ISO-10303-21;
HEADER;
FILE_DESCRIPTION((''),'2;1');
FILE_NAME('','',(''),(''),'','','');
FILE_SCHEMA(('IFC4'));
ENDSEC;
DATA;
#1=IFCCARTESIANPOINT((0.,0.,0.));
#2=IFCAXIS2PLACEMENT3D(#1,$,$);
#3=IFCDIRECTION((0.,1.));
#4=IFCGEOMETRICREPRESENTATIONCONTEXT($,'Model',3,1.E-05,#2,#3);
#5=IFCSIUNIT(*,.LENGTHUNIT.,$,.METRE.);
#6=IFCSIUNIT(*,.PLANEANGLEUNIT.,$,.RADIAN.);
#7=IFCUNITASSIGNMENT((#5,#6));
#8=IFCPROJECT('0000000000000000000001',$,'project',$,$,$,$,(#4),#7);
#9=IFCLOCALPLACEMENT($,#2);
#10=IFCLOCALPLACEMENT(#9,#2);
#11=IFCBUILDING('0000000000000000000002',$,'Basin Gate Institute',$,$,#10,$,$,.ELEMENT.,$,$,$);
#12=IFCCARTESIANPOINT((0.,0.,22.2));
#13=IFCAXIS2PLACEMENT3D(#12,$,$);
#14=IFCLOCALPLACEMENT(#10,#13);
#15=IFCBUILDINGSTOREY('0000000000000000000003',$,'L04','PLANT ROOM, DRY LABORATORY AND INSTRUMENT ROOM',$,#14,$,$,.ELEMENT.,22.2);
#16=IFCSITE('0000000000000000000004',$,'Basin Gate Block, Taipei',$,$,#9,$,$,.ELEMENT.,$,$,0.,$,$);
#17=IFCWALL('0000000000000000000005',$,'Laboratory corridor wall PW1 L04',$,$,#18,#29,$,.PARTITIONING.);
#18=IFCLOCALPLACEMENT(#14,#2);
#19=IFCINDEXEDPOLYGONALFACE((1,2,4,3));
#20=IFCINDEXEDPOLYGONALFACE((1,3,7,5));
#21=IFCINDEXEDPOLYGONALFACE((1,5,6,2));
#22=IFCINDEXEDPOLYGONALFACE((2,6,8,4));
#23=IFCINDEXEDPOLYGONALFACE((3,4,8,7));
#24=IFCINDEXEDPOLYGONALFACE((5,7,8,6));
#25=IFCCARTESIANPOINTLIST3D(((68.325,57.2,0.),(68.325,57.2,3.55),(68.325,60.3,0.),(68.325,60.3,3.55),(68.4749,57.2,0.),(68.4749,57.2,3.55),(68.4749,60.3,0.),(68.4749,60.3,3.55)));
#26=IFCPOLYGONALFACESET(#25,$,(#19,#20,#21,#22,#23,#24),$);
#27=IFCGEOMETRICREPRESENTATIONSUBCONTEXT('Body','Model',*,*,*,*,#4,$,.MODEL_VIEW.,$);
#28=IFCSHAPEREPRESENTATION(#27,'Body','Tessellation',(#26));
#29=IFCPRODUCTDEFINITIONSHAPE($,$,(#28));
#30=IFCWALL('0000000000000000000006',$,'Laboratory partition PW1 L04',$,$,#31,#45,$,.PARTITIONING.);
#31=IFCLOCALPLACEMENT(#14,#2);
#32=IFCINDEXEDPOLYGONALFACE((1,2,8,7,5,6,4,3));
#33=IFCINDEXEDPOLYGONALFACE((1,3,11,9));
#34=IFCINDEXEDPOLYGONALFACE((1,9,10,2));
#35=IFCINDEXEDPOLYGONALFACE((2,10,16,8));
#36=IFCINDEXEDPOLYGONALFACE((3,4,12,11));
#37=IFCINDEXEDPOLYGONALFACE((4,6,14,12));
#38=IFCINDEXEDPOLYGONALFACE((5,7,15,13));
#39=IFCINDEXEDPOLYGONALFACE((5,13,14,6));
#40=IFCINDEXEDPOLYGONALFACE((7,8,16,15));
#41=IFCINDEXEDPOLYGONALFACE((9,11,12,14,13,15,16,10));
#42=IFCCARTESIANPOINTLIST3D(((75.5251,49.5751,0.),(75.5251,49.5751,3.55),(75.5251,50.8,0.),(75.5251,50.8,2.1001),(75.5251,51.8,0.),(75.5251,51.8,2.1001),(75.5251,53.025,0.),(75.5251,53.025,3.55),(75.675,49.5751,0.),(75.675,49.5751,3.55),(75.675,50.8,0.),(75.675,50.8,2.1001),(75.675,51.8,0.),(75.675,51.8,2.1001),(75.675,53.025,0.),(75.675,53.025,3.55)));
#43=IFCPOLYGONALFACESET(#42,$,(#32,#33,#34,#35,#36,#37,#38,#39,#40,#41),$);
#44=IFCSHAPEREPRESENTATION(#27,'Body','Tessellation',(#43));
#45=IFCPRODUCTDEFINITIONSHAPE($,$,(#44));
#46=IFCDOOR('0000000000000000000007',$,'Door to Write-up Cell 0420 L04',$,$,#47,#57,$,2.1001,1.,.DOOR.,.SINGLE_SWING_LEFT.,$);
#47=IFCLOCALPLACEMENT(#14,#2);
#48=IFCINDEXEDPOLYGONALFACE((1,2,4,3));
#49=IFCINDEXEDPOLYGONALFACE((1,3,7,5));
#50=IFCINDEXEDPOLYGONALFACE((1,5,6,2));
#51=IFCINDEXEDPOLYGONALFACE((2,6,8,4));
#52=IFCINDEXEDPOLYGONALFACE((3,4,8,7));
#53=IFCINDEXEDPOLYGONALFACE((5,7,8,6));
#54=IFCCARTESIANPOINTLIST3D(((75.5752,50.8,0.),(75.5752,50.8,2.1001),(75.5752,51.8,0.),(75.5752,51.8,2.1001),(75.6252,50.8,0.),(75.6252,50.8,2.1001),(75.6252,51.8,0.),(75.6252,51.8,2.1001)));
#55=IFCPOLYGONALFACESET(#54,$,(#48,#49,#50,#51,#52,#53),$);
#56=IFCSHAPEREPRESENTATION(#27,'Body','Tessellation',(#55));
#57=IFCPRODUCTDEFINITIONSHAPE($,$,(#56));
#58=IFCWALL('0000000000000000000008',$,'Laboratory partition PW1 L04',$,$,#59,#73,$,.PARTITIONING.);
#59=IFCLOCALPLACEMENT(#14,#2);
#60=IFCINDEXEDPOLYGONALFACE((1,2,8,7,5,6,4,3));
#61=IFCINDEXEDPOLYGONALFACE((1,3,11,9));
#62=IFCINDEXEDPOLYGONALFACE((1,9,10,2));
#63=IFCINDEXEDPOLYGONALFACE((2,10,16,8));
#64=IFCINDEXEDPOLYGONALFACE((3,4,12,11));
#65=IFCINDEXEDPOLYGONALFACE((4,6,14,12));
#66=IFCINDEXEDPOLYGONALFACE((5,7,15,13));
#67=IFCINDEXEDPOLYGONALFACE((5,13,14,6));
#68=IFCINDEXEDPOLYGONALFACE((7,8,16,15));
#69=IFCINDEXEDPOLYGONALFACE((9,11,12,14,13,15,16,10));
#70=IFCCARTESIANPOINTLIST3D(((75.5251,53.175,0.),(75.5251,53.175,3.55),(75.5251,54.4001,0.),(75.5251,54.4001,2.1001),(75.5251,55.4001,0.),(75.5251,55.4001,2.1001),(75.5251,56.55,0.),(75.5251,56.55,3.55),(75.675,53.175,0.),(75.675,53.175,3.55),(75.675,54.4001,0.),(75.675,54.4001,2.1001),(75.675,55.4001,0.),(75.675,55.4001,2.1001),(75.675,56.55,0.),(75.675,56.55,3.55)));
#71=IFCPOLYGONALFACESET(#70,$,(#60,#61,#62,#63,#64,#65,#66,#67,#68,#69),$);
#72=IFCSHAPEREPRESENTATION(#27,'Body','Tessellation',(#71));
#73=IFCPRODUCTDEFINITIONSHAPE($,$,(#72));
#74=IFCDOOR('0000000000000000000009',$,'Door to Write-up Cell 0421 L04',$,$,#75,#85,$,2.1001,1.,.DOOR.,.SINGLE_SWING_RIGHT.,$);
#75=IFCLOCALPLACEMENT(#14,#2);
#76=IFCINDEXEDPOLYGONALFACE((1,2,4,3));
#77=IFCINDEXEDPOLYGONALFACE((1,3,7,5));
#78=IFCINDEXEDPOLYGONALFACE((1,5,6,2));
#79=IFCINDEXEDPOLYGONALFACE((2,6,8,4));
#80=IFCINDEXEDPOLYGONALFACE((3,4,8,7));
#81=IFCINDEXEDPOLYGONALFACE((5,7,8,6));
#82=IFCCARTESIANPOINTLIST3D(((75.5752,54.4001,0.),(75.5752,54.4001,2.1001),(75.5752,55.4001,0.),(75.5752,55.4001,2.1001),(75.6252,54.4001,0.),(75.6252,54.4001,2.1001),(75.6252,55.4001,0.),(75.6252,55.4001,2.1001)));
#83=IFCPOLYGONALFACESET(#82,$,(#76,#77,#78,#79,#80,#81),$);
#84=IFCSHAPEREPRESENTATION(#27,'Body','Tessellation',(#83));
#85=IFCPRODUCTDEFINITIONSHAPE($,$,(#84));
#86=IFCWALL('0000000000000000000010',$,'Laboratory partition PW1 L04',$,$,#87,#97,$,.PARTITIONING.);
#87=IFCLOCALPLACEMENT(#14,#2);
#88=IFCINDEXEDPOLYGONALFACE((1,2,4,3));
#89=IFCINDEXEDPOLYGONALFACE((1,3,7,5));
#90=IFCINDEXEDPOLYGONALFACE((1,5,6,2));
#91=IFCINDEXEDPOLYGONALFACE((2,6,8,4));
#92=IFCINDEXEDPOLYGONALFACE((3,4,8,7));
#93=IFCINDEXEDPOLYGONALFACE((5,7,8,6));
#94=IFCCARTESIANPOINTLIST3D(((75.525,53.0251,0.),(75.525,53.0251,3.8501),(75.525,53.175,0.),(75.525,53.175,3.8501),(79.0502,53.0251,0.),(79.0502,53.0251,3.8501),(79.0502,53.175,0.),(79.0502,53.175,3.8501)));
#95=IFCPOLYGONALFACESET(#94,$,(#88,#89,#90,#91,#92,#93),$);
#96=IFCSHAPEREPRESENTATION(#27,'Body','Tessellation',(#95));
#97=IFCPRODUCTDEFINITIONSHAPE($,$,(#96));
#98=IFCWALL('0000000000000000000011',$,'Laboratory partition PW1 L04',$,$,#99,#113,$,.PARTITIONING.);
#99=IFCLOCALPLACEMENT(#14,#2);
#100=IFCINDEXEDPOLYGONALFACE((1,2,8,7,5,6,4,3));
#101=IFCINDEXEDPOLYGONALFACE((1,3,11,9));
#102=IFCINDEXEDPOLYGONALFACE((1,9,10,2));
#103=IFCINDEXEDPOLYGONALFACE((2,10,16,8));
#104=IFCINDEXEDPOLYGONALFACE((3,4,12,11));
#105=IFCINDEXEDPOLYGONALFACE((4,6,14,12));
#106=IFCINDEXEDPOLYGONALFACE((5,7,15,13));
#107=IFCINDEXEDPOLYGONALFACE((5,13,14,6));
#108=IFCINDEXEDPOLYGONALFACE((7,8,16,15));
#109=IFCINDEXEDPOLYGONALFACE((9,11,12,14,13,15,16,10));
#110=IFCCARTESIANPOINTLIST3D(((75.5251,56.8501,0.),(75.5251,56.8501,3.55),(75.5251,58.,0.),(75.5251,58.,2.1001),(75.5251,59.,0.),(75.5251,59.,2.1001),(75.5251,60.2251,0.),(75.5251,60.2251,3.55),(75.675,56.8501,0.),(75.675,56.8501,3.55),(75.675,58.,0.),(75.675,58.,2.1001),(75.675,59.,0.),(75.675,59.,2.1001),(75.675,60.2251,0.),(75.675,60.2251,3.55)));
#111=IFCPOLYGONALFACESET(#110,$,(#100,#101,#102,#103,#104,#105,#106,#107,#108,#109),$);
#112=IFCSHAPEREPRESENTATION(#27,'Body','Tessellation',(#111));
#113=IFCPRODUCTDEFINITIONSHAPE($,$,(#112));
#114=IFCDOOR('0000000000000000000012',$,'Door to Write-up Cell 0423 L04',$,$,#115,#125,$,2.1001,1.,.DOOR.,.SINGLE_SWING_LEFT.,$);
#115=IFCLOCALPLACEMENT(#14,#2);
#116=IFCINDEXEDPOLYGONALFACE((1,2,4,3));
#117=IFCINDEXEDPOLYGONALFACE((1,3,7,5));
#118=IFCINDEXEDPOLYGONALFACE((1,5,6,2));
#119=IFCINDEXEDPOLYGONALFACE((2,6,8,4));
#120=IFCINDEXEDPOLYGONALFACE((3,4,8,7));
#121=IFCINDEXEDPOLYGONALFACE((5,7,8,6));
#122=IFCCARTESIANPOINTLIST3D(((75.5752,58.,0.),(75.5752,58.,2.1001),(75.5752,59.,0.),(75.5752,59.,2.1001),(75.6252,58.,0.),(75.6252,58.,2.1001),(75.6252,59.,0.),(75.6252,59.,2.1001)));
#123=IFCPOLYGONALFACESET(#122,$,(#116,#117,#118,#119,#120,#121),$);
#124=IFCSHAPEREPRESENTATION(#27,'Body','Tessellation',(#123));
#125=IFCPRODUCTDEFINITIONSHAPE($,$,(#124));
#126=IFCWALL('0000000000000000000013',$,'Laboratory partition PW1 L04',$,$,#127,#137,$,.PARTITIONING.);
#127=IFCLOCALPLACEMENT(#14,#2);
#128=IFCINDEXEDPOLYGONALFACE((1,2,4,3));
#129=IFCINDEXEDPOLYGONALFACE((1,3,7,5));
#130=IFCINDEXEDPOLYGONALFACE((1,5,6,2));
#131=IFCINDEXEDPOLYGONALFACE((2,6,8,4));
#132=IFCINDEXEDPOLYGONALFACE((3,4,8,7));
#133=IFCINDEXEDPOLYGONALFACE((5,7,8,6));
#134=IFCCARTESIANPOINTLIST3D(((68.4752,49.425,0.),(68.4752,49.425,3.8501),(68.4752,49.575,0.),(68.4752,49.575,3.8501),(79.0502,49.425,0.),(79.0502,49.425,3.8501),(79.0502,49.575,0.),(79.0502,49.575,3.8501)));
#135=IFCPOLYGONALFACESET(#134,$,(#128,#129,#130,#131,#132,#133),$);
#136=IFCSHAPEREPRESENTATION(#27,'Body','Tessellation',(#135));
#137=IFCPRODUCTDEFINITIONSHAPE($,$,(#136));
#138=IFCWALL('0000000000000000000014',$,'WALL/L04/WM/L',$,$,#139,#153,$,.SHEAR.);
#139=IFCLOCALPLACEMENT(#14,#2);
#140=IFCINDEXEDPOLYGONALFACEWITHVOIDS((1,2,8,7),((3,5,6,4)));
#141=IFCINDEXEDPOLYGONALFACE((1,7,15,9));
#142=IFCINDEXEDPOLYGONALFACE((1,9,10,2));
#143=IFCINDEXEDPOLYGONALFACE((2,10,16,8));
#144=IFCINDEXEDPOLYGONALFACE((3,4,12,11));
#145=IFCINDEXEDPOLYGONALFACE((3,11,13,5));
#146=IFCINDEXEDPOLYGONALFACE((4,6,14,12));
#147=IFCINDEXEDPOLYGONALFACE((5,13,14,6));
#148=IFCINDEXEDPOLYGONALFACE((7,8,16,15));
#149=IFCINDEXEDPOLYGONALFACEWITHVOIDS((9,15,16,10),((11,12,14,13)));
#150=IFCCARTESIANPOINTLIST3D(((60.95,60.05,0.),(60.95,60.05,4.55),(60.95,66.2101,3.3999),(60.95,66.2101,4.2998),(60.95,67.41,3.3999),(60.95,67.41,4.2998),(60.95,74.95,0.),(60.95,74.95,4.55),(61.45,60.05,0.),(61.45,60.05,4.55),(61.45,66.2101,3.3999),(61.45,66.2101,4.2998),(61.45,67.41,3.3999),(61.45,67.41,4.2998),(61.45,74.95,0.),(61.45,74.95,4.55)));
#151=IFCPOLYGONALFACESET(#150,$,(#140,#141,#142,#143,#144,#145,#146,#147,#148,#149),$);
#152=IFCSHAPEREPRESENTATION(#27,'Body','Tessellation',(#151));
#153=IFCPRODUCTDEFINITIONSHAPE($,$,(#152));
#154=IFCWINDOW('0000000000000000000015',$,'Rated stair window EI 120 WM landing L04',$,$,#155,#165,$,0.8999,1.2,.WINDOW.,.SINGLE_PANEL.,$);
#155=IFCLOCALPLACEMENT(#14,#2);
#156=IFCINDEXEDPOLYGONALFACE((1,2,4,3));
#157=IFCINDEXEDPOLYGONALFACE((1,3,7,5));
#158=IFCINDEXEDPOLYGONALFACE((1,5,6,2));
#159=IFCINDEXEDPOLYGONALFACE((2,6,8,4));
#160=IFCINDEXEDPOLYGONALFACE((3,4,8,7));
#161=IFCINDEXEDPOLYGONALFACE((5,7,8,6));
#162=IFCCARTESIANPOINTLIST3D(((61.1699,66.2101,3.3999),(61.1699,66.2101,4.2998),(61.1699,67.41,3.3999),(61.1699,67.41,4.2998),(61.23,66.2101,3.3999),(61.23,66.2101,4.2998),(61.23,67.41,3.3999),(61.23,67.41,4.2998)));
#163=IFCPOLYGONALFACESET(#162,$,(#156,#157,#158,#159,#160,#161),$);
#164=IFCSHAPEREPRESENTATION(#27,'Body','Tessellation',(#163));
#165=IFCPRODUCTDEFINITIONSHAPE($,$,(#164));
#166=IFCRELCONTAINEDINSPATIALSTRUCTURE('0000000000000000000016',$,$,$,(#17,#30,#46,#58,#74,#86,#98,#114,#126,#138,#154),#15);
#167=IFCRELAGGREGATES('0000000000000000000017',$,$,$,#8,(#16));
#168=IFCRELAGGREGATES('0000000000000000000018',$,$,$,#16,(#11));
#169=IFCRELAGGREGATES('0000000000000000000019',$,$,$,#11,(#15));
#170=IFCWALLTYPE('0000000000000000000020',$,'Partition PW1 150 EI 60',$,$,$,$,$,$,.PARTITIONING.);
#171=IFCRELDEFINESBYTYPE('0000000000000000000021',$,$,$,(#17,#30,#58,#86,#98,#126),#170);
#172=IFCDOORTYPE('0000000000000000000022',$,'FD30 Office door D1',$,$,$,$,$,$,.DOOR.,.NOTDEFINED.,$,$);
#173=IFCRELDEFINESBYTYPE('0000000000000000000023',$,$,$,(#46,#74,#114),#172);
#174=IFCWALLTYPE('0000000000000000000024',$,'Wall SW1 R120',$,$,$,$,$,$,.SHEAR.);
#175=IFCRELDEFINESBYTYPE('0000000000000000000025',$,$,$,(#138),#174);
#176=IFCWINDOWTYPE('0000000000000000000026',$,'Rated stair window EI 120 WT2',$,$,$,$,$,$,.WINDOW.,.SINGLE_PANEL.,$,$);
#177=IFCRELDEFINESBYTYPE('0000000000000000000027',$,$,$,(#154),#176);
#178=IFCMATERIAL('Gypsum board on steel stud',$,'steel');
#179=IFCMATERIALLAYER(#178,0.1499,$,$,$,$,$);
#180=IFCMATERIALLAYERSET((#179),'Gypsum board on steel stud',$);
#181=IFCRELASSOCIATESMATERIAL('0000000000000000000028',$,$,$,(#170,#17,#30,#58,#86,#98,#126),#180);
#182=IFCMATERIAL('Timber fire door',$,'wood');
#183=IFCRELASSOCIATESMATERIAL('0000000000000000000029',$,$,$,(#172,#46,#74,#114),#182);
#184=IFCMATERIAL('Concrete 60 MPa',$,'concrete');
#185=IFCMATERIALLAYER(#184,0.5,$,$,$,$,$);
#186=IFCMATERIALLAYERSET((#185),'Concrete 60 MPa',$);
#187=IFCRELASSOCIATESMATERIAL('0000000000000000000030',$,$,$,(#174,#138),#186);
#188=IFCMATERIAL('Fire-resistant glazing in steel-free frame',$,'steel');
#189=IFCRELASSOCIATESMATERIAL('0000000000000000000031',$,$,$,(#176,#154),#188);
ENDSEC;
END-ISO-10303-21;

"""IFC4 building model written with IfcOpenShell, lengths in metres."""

from ifc_helpers import new_model, si_unit, direction, frame, frame_2d, origin, place, context, subcontext, project, spatial, rectangle, extrude, material, layer, layer_set, type_object, element, fill, save


model = new_model("IFC4")

# Units and contexts
model_context = context("Model", 3, precision=1e-05, world=origin(), true_north=direction((0.0, 1.0)))
body_context = subcontext(model_context, "Body", "Model", "MODEL_VIEW")
ifc_project = project(units=[si_unit("LENGTHUNIT", "METRE"), si_unit("PLANEANGLEUNIT", "RADIAN")], contexts=[model_context])

# Site, building, storey
site_placement = place(None, origin())
site = spatial("IfcSite", under=ifc_project, at=site_placement, Name="Basin Gate Block, Taipei", CompositionType="ELEMENT", RefElevation=0.0)
building_placement = place(site_placement, origin())
building = spatial("IfcBuilding", under=site, at=building_placement, Name="Basin Gate Institute", CompositionType="ELEMENT")
storey_placement = place(building_placement, frame((0.0, 0.0, 22.2)))
storey = spatial("IfcBuildingStorey", under=building, at=storey_placement, Name="L04", Description="PLANT ROOM, DRY LABORATORY AND INSTRUMENT ROOM", CompositionType="ELEMENT", Elevation=22.2)

# Shared definitions
ifc_material_1 = material(Name="Gypsum board on steel stud", Category="steel")
ifc_layer_1 = layer(ifc_material_1, 0.1499)
ifc_layer_set_1 = layer_set([ifc_layer_1], Name="Gypsum board on steel stud")
wall_type_1 = type_object("IfcWallType", Name="Partition PW1 150 EI 60", PredefinedType="PARTITIONING", material=ifc_layer_set_1)
ifc_material_2 = material(Name="Timber fire door", Category="wood")
door_type_1 = type_object("IfcDoorType", Name="FD30 Office door D1", OperationType="NOTDEFINED", PredefinedType="DOOR", material=ifc_material_2)

# Wall
wall_1_placement = place(storey_placement, frame((68.3999, 57.2, 0.0), z_axis=(0.0, 0.0, 1.0), x_axis=(0.0, 1.0, 0.0)))
element("IfcWall", 1, at=wall_1_placement, inside=storey, type_object=wall_type_1, material=ifc_layer_set_1, Name="Laboratory corridor wall PW1 L04", PredefinedType="PARTITIONING", context=body_context, shape_type="SweptSolid", body=[
    extrude(rectangle(XDim=3.1001, YDim=0.1499, at=frame_2d((1.55, 0.0))), origin(), (0.0, 0.0, 1.0), 3.55),
])

# Walls, openings, doors
wall_2_placement = place(storey_placement, frame((75.6001, 49.575, 0.0), z_axis=(0.0, 0.0, 1.0), x_axis=(0.0, 1.0, 0.0)))
wall_2 = element("IfcWall", 2, at=wall_2_placement, inside=storey, type_object=wall_type_1, material=ifc_layer_set_1, Name="Laboratory partition PW1 L04", PredefinedType="PARTITIONING", context=body_context, shape_type="SweptSolid", body=[
    extrude(rectangle(XDim=3.45, YDim=0.1499, at=frame_2d((1.7251, 0.0))), origin(), (0.0, 0.0, 1.0), 3.55),
])
opening_1_placement = place(wall_2_placement, frame((1.2251, 0.0, 0.0)))
opening_1 = element("IfcOpeningElement", 3, at=opening_1_placement, cuts=wall_2, PredefinedType="OPENING", context=body_context, shape_type="SweptSolid", body=[
    extrude(rectangle(XDim=1.0, YDim=2.1001, at=frame_2d((0.5, 1.05))), frame((0.0, 0.085, 0.0), z_axis=(0.0, -1.0, 0.0), x_axis=(1.0, 0.0, 0.0)), (0.0, 0.0, 1.0), 0.1699),
])
door_1_placement = place(opening_1_placement, origin())
door_1 = element("IfcDoor", 4, at=door_1_placement, inside=storey, type_object=door_type_1, material=ifc_material_2, Name="Door to Write-up Cell 0420 L04", OperationType="SINGLE_SWING_LEFT", OverallHeight=2.1001, OverallWidth=1.0, PredefinedType="DOOR", context=body_context, shape_type="SweptSolid", body=[
    extrude(rectangle(XDim=1.0, YDim=2.1001, at=frame_2d((0.5, 1.05))), frame((0.0, 0.0249, 0.0), z_axis=(0.0, -1.0, 0.0), x_axis=(1.0, 0.0, 0.0)), (0.0, 0.0, 1.0), 0.05),
])
fill(opening_1, door_1)
wall_3_placement = place(storey_placement, frame((75.6001, 53.175, 0.0), z_axis=(0.0, 0.0, 1.0), x_axis=(0.0, 1.0, 0.0)))
wall_3 = element("IfcWall", 5, at=wall_3_placement, inside=storey, type_object=wall_type_1, material=ifc_layer_set_1, Name="Laboratory partition PW1 L04", PredefinedType="PARTITIONING", context=body_context, shape_type="SweptSolid", body=[
    extrude(rectangle(XDim=3.375, YDim=0.1499, at=frame_2d((1.6875, 0.0))), origin(), (0.0, 0.0, 1.0), 3.55),
])
opening_2_placement = place(wall_3_placement, frame((1.2251, 0.0, 0.0)))
opening_2 = element("IfcOpeningElement", 6, at=opening_2_placement, cuts=wall_3, PredefinedType="OPENING", context=body_context, shape_type="SweptSolid", body=[
    extrude(rectangle(XDim=1.0, YDim=2.1001, at=frame_2d((0.5, 1.05))), frame((0.0, 0.085, 0.0), z_axis=(0.0, -1.0, 0.0), x_axis=(1.0, 0.0, 0.0)), (0.0, 0.0, 1.0), 0.1699),
])
door_2_placement = place(opening_2_placement, origin())
door_2 = element("IfcDoor", 7, at=door_2_placement, inside=storey, type_object=door_type_1, material=ifc_material_2, Name="Door to Write-up Cell 0421 L04", OperationType="SINGLE_SWING_RIGHT", OverallHeight=2.1001, OverallWidth=1.0, PredefinedType="DOOR", context=body_context, shape_type="SweptSolid", body=[
    extrude(rectangle(XDim=1.0, YDim=2.1001, at=frame_2d((0.5, 1.05))), frame((0.0, 0.0249, 0.0), z_axis=(0.0, -1.0, 0.0), x_axis=(1.0, 0.0, 0.0)), (0.0, 0.0, 1.0), 0.05),
])
fill(opening_2, door_2)

# Wall
wall_4_placement = place(storey_placement, frame((75.5249, 53.1001, 0.0), z_axis=(0.0, 0.0, 1.0), x_axis=(1.0, 0.0, 0.0)))
element("IfcWall", 8, at=wall_4_placement, inside=storey, type_object=wall_type_1, material=ifc_layer_set_1, Name="Laboratory partition PW1 L04", PredefinedType="PARTITIONING", context=body_context, shape_type="SweptSolid", body=[
    extrude(rectangle(XDim=3.5251, YDim=0.1499, at=frame_2d((1.7627, 0.0))), origin(), (0.0, 0.0, 1.0), 3.8501),
])

# Wall, opening, door
wall_5_placement = place(storey_placement, frame((75.6001, 56.8501, 0.0), z_axis=(0.0, 0.0, 1.0), x_axis=(0.0, 1.0, 0.0)))
wall_5 = element("IfcWall", 9, at=wall_5_placement, inside=storey, type_object=wall_type_1, material=ifc_layer_set_1, Name="Laboratory partition PW1 L04", PredefinedType="PARTITIONING", context=body_context, shape_type="SweptSolid", body=[
    extrude(rectangle(XDim=3.375, YDim=0.1499, at=frame_2d((1.6875, 0.0))), origin(), (0.0, 0.0, 1.0), 3.55),
])
opening_3_placement = place(wall_5_placement, frame((1.1499, 0.0, 0.0)))
opening_3 = element("IfcOpeningElement", 10, at=opening_3_placement, cuts=wall_5, PredefinedType="OPENING", context=body_context, shape_type="SweptSolid", body=[
    extrude(rectangle(XDim=1.0, YDim=2.1001, at=frame_2d((0.5, 1.05))), frame((0.0, 0.085, 0.0), z_axis=(0.0, -1.0, 0.0), x_axis=(1.0, 0.0, 0.0)), (0.0, 0.0, 1.0), 0.1699),
])
door_3_placement = place(opening_3_placement, origin())
door_3 = element("IfcDoor", 11, at=door_3_placement, inside=storey, type_object=door_type_1, material=ifc_material_2, Name="Door to Write-up Cell 0423 L04", OperationType="SINGLE_SWING_LEFT", OverallHeight=2.1001, OverallWidth=1.0, PredefinedType="DOOR", context=body_context, shape_type="SweptSolid", body=[
    extrude(rectangle(XDim=1.0, YDim=2.1001, at=frame_2d((0.5, 1.05))), frame((0.0, 0.0249, 0.0), z_axis=(0.0, -1.0, 0.0), x_axis=(1.0, 0.0, 0.0)), (0.0, 0.0, 1.0), 0.05),
])
fill(opening_3, door_3)

# Wall
wall_6_placement = place(storey_placement, frame((68.4751, 49.5, 0.0), z_axis=(0.0, 0.0, 1.0), x_axis=(1.0, 0.0, 0.0)))
element("IfcWall", 12, at=wall_6_placement, inside=storey, type_object=wall_type_1, material=ifc_layer_set_1, Name="Laboratory partition PW1 L04", PredefinedType="PARTITIONING", context=body_context, shape_type="SweptSolid", body=[
    extrude(rectangle(XDim=10.575, YDim=0.1499, at=frame_2d((5.2876, 0.0))), origin(), (0.0, 0.0, 1.0), 3.8501),
])

# Wall, opening, window
ifc_material_3 = material(Name="Concrete 60 MPa", Category="concrete")
ifc_layer_2 = layer(ifc_material_3, 0.5)
ifc_layer_set_2 = layer_set([ifc_layer_2], Name="Concrete 60 MPa")
wall_type_2 = type_object("IfcWallType", Name="Wall SW1 R120", PredefinedType="SHEAR", material=ifc_layer_set_2)
wall_7_placement = place(storey_placement, frame((61.2, 60.05, 0.0), z_axis=(0.0, 0.0, 1.0), x_axis=(0.0, 1.0, 0.0)))
wall_7 = element("IfcWall", 13, at=wall_7_placement, inside=storey, type_object=wall_type_2, material=ifc_layer_set_2, Name="WALL/L04/WM/L", PredefinedType="SHEAR", context=body_context, shape_type="SweptSolid", body=[
    extrude(rectangle(XDim=14.8999, YDim=0.5, at=frame_2d((7.45, 0.0))), origin(), (0.0, 0.0, 1.0), 4.55),
])
opening_4_placement = place(wall_7_placement, frame((6.1599, 0.0, 3.3999)))
opening_4 = element("IfcOpeningElement", 14, at=opening_4_placement, cuts=wall_7, PredefinedType="OPENING", context=body_context, shape_type="SweptSolid", body=[
    extrude(rectangle(XDim=1.2, YDim=0.8999, at=frame_2d((0.6001, 0.45))), frame((0.0, 0.26, 0.0), z_axis=(0.0, -1.0, 0.0), x_axis=(1.0, 0.0, 0.0)), (0.0, 0.0, 1.0), 0.52),
])
ifc_material_4 = material(Name="Fire-resistant glazing in steel-free frame", Category="steel")
window_type = type_object("IfcWindowType", Name="Rated stair window EI 120 WT2", PartitioningType="SINGLE_PANEL", PredefinedType="WINDOW", material=ifc_material_4)
window_placement = place(opening_4_placement, origin())
window = element("IfcWindow", 15, at=window_placement, inside=storey, type_object=window_type, material=ifc_material_4, Name="Rated stair window EI 120 WM landing L04", OverallHeight=0.8999, OverallWidth=1.2, PartitioningType="SINGLE_PANEL", PredefinedType="WINDOW", context=body_context, shape_type="SweptSolid", body=[
    extrude(rectangle(XDim=1.2, YDim=0.8999, at=frame_2d((0.6001, 0.45))), frame((0.0, 0.03, 0.0), z_axis=(0.0, -1.0, 0.0), x_axis=(1.0, 0.0, 0.0)), (0.0, 0.0, 1.0), 0.0601),
])
fill(opening_4, window)

save(model, "model.ifc")
